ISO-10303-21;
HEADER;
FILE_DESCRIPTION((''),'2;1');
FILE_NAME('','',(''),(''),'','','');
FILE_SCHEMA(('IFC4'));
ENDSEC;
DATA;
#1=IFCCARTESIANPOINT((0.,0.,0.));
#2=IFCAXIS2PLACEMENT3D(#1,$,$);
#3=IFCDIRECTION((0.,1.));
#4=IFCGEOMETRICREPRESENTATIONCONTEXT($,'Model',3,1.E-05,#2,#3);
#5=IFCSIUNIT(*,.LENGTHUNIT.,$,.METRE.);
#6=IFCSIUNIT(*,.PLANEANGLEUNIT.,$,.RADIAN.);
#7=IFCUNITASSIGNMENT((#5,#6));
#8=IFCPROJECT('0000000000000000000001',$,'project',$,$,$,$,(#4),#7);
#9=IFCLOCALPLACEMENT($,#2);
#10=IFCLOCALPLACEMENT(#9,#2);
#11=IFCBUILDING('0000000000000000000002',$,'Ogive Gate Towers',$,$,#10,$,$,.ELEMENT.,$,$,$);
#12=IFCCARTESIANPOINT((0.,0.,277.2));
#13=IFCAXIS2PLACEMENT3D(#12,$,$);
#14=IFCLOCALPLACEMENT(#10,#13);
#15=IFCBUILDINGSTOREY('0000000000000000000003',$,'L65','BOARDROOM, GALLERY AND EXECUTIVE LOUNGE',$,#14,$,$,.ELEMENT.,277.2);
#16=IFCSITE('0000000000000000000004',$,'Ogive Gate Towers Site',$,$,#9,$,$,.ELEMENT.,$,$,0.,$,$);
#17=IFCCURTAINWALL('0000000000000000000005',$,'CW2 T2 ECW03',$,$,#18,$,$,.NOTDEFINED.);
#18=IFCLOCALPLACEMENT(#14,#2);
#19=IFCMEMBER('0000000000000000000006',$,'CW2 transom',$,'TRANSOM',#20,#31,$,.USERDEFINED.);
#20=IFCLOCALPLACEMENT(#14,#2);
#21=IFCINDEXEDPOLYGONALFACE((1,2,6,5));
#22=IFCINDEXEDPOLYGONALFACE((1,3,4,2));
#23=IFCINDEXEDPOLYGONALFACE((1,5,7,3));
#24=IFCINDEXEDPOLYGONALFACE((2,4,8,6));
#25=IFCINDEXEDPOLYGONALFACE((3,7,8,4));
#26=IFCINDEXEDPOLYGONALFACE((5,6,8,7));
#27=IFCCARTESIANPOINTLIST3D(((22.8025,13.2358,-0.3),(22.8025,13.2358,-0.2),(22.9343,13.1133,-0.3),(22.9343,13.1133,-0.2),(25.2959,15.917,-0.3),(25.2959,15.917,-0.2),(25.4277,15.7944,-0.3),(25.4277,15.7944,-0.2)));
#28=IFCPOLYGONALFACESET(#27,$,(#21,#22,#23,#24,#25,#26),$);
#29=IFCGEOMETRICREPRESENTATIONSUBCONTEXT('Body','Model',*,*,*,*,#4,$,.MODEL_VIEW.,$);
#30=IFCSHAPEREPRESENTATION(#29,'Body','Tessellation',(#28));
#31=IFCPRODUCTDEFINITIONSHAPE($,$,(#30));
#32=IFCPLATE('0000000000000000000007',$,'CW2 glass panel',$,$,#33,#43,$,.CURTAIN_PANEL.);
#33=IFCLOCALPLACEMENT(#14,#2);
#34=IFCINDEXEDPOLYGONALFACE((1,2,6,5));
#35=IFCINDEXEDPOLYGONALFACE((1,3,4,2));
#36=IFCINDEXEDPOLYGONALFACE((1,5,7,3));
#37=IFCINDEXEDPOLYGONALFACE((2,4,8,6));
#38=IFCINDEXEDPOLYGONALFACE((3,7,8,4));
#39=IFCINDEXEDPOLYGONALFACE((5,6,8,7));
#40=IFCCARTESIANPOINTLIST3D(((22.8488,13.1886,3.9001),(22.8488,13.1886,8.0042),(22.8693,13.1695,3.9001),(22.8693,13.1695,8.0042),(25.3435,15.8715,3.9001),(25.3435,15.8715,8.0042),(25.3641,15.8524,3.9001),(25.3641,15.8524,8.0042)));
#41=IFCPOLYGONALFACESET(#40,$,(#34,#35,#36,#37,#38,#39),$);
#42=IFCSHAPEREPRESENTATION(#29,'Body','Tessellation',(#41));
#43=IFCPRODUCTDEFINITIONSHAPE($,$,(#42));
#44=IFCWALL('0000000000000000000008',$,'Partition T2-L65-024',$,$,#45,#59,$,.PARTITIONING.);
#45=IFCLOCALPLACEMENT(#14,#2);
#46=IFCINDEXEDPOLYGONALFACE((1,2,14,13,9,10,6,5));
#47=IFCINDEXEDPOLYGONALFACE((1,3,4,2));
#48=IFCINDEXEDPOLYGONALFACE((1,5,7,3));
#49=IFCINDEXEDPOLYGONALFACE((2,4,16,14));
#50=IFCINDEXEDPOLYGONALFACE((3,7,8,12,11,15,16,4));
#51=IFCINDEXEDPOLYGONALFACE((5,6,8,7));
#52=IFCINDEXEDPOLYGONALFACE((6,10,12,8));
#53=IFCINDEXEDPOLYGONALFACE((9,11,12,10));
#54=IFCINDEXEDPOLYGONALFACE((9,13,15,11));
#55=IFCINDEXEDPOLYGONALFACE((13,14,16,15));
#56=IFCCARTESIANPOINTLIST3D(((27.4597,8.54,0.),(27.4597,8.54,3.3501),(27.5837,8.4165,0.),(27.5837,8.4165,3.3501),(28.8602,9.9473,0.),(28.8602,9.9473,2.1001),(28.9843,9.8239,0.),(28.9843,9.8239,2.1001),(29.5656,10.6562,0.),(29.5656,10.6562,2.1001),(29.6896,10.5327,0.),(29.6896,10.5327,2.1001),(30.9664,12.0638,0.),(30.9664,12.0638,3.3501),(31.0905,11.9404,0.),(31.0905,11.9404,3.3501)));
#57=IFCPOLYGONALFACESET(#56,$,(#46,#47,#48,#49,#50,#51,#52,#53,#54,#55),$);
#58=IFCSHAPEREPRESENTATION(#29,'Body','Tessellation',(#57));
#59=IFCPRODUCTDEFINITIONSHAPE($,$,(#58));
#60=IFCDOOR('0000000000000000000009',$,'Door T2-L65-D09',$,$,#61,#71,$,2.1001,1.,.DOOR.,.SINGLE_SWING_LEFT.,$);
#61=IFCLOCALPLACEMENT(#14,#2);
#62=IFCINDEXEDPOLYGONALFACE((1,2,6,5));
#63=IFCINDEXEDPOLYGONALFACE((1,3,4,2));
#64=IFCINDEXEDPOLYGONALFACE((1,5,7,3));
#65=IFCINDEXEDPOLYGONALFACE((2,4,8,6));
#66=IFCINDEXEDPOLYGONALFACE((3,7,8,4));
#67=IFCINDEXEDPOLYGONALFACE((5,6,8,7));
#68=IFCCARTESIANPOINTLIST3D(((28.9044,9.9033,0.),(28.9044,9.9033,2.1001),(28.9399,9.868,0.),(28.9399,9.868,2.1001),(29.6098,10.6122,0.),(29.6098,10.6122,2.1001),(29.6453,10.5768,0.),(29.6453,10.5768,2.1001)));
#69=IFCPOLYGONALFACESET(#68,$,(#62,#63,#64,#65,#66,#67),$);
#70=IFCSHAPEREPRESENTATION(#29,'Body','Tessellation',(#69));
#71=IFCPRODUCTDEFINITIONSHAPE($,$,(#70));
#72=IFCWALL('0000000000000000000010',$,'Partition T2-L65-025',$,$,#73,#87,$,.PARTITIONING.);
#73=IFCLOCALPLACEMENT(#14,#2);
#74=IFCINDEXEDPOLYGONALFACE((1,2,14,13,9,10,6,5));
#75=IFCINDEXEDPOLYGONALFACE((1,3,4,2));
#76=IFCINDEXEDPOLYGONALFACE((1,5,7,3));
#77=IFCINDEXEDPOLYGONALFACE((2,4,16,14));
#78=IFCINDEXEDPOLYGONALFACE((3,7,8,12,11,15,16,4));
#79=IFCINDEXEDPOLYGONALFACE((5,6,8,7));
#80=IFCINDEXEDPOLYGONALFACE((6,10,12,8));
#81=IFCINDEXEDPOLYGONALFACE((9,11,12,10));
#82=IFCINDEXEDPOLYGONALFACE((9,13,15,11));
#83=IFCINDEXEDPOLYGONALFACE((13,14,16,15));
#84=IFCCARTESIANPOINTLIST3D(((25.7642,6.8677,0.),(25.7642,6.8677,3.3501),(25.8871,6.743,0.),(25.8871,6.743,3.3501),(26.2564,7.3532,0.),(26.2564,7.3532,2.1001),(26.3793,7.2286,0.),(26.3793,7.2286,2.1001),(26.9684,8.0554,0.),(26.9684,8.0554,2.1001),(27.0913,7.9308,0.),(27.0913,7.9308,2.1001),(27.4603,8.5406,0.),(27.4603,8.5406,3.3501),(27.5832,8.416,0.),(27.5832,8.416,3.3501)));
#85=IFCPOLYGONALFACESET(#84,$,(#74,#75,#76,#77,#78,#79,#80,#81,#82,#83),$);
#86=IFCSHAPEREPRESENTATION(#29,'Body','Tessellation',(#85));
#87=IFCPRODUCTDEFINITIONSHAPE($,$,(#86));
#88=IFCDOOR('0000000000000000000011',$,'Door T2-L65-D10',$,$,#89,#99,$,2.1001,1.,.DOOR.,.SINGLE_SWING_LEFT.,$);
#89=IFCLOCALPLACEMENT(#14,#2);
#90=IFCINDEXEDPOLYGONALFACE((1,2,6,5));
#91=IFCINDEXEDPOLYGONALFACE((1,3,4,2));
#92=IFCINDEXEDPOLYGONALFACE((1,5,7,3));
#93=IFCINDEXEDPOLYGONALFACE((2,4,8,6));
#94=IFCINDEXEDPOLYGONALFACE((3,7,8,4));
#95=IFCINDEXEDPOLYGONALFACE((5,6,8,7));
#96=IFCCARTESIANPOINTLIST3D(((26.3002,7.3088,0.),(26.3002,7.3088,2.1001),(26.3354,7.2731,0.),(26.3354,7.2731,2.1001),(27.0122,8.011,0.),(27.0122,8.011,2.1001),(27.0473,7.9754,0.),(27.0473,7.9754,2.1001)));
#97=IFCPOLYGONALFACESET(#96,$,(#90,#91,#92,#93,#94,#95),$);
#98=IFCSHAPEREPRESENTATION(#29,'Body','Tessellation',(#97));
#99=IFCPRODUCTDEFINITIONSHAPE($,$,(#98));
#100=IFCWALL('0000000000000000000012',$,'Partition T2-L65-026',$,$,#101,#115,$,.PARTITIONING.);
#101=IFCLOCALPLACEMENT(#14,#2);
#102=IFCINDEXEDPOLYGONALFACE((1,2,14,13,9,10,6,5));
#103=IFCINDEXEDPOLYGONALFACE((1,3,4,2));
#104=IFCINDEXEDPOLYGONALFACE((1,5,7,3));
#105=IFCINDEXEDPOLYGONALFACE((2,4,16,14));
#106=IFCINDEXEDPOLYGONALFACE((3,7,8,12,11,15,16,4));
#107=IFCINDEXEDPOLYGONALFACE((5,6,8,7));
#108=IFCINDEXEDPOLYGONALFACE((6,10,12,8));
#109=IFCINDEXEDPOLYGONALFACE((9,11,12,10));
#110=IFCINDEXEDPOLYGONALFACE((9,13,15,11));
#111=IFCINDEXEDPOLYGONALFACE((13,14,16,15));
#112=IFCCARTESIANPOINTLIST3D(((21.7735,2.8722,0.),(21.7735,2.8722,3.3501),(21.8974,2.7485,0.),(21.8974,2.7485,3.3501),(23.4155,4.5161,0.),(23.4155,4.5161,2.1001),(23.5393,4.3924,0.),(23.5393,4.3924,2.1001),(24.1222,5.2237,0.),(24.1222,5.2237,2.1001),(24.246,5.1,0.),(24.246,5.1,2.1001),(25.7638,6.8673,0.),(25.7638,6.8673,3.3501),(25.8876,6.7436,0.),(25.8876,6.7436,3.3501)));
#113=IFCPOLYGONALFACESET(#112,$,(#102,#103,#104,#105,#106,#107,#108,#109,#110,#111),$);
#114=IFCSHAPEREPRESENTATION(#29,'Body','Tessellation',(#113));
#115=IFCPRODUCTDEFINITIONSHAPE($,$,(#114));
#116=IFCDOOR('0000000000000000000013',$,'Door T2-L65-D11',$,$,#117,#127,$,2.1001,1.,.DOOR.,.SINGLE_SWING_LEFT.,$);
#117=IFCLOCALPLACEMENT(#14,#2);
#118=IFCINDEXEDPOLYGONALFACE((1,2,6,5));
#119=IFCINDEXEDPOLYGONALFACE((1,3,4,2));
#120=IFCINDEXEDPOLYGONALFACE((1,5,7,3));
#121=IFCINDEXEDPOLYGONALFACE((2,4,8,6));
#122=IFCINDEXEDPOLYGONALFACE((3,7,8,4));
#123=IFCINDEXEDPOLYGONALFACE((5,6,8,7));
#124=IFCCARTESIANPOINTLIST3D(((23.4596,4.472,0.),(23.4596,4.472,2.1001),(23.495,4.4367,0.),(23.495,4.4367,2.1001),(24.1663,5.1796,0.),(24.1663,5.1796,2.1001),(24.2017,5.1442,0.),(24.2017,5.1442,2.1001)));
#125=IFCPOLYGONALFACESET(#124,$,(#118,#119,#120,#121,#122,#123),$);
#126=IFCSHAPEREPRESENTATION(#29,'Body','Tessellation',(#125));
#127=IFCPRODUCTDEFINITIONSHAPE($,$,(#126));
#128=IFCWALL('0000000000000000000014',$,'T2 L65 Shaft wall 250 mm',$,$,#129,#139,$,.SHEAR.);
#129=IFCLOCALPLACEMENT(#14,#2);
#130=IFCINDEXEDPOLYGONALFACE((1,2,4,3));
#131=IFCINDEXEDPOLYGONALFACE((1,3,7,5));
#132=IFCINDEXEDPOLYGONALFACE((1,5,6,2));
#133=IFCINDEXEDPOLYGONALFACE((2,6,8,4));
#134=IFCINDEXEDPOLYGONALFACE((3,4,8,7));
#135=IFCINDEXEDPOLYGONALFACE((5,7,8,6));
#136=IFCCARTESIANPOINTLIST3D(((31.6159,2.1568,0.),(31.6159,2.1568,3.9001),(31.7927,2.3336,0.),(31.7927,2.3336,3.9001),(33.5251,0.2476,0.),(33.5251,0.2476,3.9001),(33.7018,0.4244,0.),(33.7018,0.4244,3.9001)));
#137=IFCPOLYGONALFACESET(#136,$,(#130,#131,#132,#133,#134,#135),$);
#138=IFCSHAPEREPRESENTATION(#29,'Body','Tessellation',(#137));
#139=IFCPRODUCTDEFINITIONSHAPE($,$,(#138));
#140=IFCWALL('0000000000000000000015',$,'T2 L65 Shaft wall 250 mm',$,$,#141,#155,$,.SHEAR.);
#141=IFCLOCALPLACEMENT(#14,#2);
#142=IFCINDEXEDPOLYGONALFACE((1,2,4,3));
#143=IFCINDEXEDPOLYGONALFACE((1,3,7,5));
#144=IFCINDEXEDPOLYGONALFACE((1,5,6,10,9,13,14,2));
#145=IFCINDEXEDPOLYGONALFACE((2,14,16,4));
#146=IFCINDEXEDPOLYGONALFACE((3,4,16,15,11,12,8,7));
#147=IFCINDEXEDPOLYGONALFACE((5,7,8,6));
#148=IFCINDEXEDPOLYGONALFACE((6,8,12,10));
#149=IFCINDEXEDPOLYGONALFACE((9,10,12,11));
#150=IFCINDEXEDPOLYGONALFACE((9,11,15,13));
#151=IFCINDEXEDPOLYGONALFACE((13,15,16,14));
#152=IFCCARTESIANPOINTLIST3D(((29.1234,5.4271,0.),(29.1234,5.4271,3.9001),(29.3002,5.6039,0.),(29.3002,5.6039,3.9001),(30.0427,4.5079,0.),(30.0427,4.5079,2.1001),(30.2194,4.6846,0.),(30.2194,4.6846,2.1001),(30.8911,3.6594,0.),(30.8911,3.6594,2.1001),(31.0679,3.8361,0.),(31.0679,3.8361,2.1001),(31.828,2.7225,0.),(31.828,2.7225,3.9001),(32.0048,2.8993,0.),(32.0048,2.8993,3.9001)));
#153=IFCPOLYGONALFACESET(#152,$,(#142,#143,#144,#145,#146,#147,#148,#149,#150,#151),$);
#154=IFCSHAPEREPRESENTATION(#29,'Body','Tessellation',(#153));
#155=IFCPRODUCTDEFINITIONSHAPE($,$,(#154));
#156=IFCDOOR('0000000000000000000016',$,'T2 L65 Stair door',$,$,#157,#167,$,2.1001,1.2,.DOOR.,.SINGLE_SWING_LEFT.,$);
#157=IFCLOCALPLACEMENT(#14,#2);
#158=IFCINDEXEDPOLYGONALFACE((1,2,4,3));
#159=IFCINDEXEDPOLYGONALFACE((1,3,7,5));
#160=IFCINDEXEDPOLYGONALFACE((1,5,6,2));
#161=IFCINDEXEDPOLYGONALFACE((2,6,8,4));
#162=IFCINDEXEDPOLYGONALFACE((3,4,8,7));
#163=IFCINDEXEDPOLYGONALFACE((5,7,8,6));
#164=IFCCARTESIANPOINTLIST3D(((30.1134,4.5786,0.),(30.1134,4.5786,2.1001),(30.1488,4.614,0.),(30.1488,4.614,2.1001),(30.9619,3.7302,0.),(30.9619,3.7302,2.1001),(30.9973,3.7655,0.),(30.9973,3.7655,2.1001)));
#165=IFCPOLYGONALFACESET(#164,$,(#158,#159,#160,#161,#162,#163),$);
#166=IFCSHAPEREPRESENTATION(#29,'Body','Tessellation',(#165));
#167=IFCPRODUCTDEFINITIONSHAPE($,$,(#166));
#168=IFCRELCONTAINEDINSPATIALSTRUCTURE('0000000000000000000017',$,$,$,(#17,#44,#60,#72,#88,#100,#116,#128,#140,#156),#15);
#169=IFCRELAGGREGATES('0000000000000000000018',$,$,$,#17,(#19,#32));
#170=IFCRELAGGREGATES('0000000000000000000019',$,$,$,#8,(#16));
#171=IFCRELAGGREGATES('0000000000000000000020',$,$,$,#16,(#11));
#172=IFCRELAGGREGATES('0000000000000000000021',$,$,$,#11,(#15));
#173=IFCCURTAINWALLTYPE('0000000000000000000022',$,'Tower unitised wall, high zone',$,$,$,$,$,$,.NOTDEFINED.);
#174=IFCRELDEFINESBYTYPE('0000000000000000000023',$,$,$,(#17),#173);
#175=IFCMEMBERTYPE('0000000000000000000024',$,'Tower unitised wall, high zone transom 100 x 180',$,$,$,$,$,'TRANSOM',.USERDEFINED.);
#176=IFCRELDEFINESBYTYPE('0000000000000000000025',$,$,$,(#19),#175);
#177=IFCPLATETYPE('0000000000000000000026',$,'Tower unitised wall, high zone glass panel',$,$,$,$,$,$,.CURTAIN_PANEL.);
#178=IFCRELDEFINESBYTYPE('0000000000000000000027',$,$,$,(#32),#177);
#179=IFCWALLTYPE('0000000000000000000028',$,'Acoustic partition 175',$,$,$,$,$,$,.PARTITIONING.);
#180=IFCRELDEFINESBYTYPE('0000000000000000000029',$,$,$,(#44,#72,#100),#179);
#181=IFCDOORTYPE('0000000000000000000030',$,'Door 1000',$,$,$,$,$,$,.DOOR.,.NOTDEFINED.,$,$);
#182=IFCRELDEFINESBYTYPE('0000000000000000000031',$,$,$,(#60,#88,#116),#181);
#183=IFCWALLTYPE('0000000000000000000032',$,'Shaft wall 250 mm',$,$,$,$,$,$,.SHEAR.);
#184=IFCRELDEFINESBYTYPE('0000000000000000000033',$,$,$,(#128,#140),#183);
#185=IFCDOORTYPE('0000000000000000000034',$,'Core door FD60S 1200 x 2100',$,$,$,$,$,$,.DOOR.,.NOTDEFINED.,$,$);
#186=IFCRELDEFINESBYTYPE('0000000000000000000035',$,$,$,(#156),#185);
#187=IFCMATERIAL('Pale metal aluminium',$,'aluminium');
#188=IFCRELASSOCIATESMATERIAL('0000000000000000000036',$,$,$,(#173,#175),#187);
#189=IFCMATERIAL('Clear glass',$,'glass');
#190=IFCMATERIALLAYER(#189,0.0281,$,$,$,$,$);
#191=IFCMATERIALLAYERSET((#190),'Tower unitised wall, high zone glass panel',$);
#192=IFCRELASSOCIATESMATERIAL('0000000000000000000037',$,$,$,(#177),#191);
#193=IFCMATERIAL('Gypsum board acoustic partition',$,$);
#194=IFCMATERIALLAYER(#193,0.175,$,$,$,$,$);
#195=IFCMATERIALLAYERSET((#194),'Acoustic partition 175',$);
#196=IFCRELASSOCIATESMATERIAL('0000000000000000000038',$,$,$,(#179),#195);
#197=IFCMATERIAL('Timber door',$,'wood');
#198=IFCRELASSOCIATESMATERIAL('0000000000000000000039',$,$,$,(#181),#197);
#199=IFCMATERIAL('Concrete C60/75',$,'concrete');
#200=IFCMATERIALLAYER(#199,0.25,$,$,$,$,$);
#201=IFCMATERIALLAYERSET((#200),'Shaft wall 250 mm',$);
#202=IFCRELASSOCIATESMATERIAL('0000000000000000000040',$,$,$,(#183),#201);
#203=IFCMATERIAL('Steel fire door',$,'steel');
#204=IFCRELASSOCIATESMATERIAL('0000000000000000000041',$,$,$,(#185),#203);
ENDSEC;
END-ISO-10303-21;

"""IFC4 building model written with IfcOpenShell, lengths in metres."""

from ifc_helpers import new_model, si_unit, direction, frame, frame_2d, origin, origin_2d, place, context, subcontext, project, spatial, rectangle, extrude, material, layer, layer_set, material_profile, profile_set, type_object, element, fill, aggregate, save


model = new_model("IFC4")

# Units and contexts
model_context = context("Model", 3, precision=1e-05, world=origin(), true_north=direction((0.0, 1.0)))
body_context = subcontext(model_context, "Body", "Model", "MODEL_VIEW")
ifc_project = project(units=[si_unit("LENGTHUNIT", "METRE"), si_unit("PLANEANGLEUNIT", "RADIAN")], contexts=[model_context])

# Site, building, storey
site_placement = place(None, origin())
site = spatial("IfcSite", under=ifc_project, at=site_placement, Name="Ogive Gate Towers Site", CompositionType="ELEMENT", RefElevation=0.0)
building_placement = place(site_placement, origin())
building = spatial("IfcBuilding", under=site, at=building_placement, Name="Ogive Gate Towers", CompositionType="ELEMENT")
storey_placement = place(building_placement, frame((0.0, 0.0, 277.2)))
storey = spatial("IfcBuildingStorey", under=building, at=storey_placement, Name="L65", Description="BOARDROOM, GALLERY AND EXECUTIVE LOUNGE", CompositionType="ELEMENT", Elevation=277.2)

# Curtain wall, member, plate
ifc_material_1 = material(Name="Pale metal aluminium", Category="aluminium")
curtain_wall_type = type_object("IfcCurtainWallType", Name="Tower unitised wall, high zone", PredefinedType="NOTDEFINED", material=ifc_material_1)
curtain_wall_placement = place(storey_placement, origin())
curtain_wall = element("IfcCurtainWall", 1, at=curtain_wall_placement, inside=storey, type_object=curtain_wall_type, Name="CW2 T2 ECW03", PredefinedType="NOTDEFINED")
ifc_material_profile_1 = material_profile(ifc_material_1, rectangle(XDim=0.1799, YDim=0.1001, at=origin_2d()), Name="100 x 180 aluminium box")
ifc_profile_set_1 = profile_set([ifc_material_profile_1], Name="Pale metal aluminium")
member_type_1 = type_object("IfcMemberType", Name="Tower unitised wall, high zone transom 100 x 180", ElementType="TRANSOM", PredefinedType="USERDEFINED", material=ifc_profile_set_1)
member_1_placement = place(storey_placement, frame((25.3618, 15.8557, -0.25), z_axis=(-0.681003, -0.73228, 0.0), x_axis=(0.73228, -0.681003, 0.0)))
member_1 = element("IfcMember", 2, at=member_1_placement, type_object=member_type_1, Name="CW2 transom", ObjectType="TRANSOM", PredefinedType="USERDEFINED", context=body_context, shape_type="SweptSolid", body=[
    extrude(rectangle(XDim=0.1799, YDim=0.1001, at=origin_2d()), origin(), (0.0, 0.0, 1.0), 3.6614),
])
ifc_material_2 = material(Name="Clear glass", Category="glass")
ifc_layer_1 = layer(ifc_material_2, 0.0281)
ifc_layer_set_1 = layer_set([ifc_layer_1], Name="Tower unitised wall, high zone glass panel")
plate_type = type_object("IfcPlateType", Name="Tower unitised wall, high zone glass panel", PredefinedType="CURTAIN_PANEL", material=ifc_layer_set_1)
plate_placement = place(storey_placement, frame((24.1064, 14.5205, 3.9001), z_axis=(0.0, 0.0, 1.0), x_axis=(-0.680964, -0.732317, 0.0)))
plate = element("IfcPlate", 3, at=plate_placement, type_object=plate_type, Name="CW2 glass panel", PredefinedType="CURTAIN_PANEL", context=body_context, shape_type="SweptSolid", body=[
    extrude(rectangle(XDim=3.6636, YDim=0.0281, at=origin_2d()), origin(), (0.0, 0.0, 1.0), 4.104),
])
aggregate(curtain_wall, [member_1, plate])

# Walls, openings, doors
ifc_material_3 = material(Name="Gypsum board acoustic partition")
ifc_layer_2 = layer(ifc_material_3, 0.175)
ifc_layer_set_2 = layer_set([ifc_layer_2], Name="Acoustic partition 175")
wall_type_1 = type_object("IfcWallType", Name="Acoustic partition 175", PredefinedType="PARTITIONING", material=ifc_layer_set_2)
wall_1_placement = place(storey_placement, frame((31.0286, 12.0022, 0.0), z_axis=(0.0, 0.0, 1.0), x_axis=(-0.705386, -0.708823, 0.0)))
wall_1 = element("IfcWall", 4, at=wall_1_placement, inside=storey, type_object=wall_type_1, Name="Partition T2-L65-024", PredefinedType="PARTITIONING", context=body_context, shape_type="SweptSolid", body=[
    extrude(rectangle(XDim=4.9714, YDim=0.175, at=frame_2d((2.4858, 0.0))), origin(), (0.0, 0.0, 1.0), 3.3501),
])
opening_1_placement = place(wall_1_placement, frame((1.9861, 0.0, 0.0)))
opening_1 = element("IfcOpeningElement", 5, at=opening_1_placement, cuts=wall_1, PredefinedType="OPENING", context=body_context, shape_type="SweptSolid", body=[
    extrude(rectangle(XDim=1.0, YDim=2.1001, at=frame_2d((0.5, 1.05))), frame((0.0, 0.0977, 0.0), z_axis=(0.0, -1.0, 0.0), x_axis=(1.0, 0.0, 0.0)), (0.0, 0.0, 1.0), 0.1951),
])
ifc_material_4 = material(Name="Timber door", Category="wood")
door_type_1 = type_object("IfcDoorType", Name="Door 1000", OperationType="NOTDEFINED", PredefinedType="DOOR", material=ifc_material_4)
door_1_placement = place(opening_1_placement, origin())
door_1 = element("IfcDoor", 6, at=door_1_placement, inside=storey, type_object=door_type_1, Name="Door T2-L65-D09", OperationType="SINGLE_SWING_LEFT", OverallHeight=2.1001, OverallWidth=1.0, PredefinedType="DOOR", context=body_context, shape_type="SweptSolid", body=[
    extrude(rectangle(XDim=1.0, YDim=2.1001, at=frame_2d((0.5, 1.05))), frame((0.0, 0.0249, 0.0), z_axis=(0.0, -1.0, 0.0), x_axis=(1.0, 0.0, 0.0)), (0.0, 0.0, 1.0), 0.05),
])
fill(opening_1, door_1)
wall_2_placement = place(storey_placement, frame((27.5217, 8.4783, 0.0), z_axis=(0.0, 0.0, 1.0), x_axis=(-0.711958, -0.702222, 0.0)))
wall_2 = element("IfcWall", 7, at=wall_2_placement, inside=storey, type_object=wall_type_1, Name="Partition T2-L65-025", PredefinedType="PARTITIONING", context=body_context, shape_type="SweptSolid", body=[
    extrude(rectangle(XDim=2.3823, YDim=0.175, at=frame_2d((1.1912, 0.0))), origin(), (0.0, 0.0, 1.0), 3.3501),
])
opening_2_placement = place(wall_2_placement, frame((0.6909, 0.0, 0.0)))
opening_2 = element("IfcOpeningElement", 8, at=opening_2_placement, cuts=wall_2, PredefinedType="OPENING", context=body_context, shape_type="SweptSolid", body=[
    extrude(rectangle(XDim=1.0, YDim=2.1001, at=frame_2d((0.5, 1.05))), frame((0.0, 0.0977, 0.0), z_axis=(0.0, -1.0, 0.0), x_axis=(1.0, 0.0, 0.0)), (0.0, 0.0, 1.0), 0.1951),
])
door_2_placement = place(opening_2_placement, origin())
door_2 = element("IfcDoor", 9, at=door_2_placement, inside=storey, type_object=door_type_1, Name="Door T2-L65-D10", OperationType="SINGLE_SWING_LEFT", OverallHeight=2.1001, OverallWidth=1.0, PredefinedType="DOOR", context=body_context, shape_type="SweptSolid", body=[
    extrude(rectangle(XDim=1.0, YDim=2.1001, at=frame_2d((0.5, 1.05))), frame((0.0, 0.0249, 0.0), z_axis=(0.0, -1.0, 0.0), x_axis=(1.0, 0.0, 0.0)), (0.0, 0.0, 1.0), 0.05),
])
fill(opening_2, door_2)
wall_3_placement = place(storey_placement, frame((25.8257, 6.8054, 0.0), z_axis=(0.0, 0.0, 1.0), x_axis=(-0.706674, -0.707539, 0.0)))
wall_3 = element("IfcWall", 10, at=wall_3_placement, inside=storey, type_object=wall_type_1, Name="Partition T2-L65-026", PredefinedType="PARTITIONING", context=body_context, shape_type="SweptSolid", body=[
    extrude(rectangle(XDim=5.6465, YDim=0.175, at=frame_2d((2.8232, 0.0))), origin(), (0.0, 0.0, 1.0), 3.3501),
])
opening_3_placement = place(wall_3_placement, frame((2.323, 0.0, 0.0)))
opening_3 = element("IfcOpeningElement", 11, at=opening_3_placement, cuts=wall_3, PredefinedType="OPENING", context=body_context, shape_type="SweptSolid", body=[
    extrude(rectangle(XDim=1.0, YDim=2.1001, at=frame_2d((0.5, 1.05))), frame((0.0, 0.0977, 0.0), z_axis=(0.0, -1.0, 0.0), x_axis=(1.0, 0.0, 0.0)), (0.0, 0.0, 1.0), 0.1951),
])
door_3_placement = place(opening_3_placement, origin())
door_3 = element("IfcDoor", 12, at=door_3_placement, inside=storey, type_object=door_type_1, Name="Door T2-L65-D11", OperationType="SINGLE_SWING_LEFT", OverallHeight=2.1001, OverallWidth=1.0, PredefinedType="DOOR", context=body_context, shape_type="SweptSolid", body=[
    extrude(rectangle(XDim=1.0, YDim=2.1001, at=frame_2d((0.5, 1.05))), frame((0.0, 0.0249, 0.0), z_axis=(0.0, -1.0, 0.0), x_axis=(1.0, 0.0, 0.0)), (0.0, 0.0, 1.0), 0.05),
])
fill(opening_3, door_3)

# Wall
ifc_material_5 = material(Name="Concrete C60/75", Category="concrete")
ifc_layer_3 = layer(ifc_material_5, 0.25)
ifc_layer_set_3 = layer_set([ifc_layer_3], Name="Shaft wall 250 mm")
wall_type_2 = type_object("IfcWallType", Name="Shaft wall 250 mm", PredefinedType="SHEAR", material=ifc_layer_set_3)
wall_4_placement = place(storey_placement, frame((33.6135, 0.3359, 0.0), z_axis=(0.0, 0.0, 1.0), x_axis=(-0.707107, 0.707107, 0.0)))
element("IfcWall", 13, at=wall_4_placement, inside=storey, type_object=wall_type_2, Name="T2 L65 Shaft wall 250 mm", PredefinedType="SHEAR", context=body_context, shape_type="SweptSolid", body=[
    extrude(rectangle(XDim=2.7, YDim=0.25, at=frame_2d((1.3501, 0.0))), origin(), (0.0, 0.0, 1.0), 3.9001),
])

# Wall, opening, door
wall_5_placement = place(storey_placement, frame((31.9165, 2.8108, 0.0), z_axis=(0.0, 0.0, 1.0), x_axis=(-0.707107, 0.707107, 0.0)))
wall_5 = element("IfcWall", 14, at=wall_5_placement, inside=storey, type_object=wall_type_2, Name="T2 L65 Shaft wall 250 mm", PredefinedType="SHEAR", context=body_context, shape_type="SweptSolid", body=[
    extrude(rectangle(XDim=3.825, YDim=0.25, at=frame_2d((1.9126, 0.0))), origin(), (0.0, 0.0, 1.0), 3.9001),
])
opening_4_placement = place(wall_5_placement, frame((1.325, 0.0, 0.0)))
opening_4 = element("IfcOpeningElement", 15, at=opening_4_placement, cuts=wall_5, PredefinedType="OPENING", context=body_context, shape_type="SweptSolid", body=[
    extrude(rectangle(XDim=1.2, YDim=2.1001, at=frame_2d((0.6001, 1.05))), frame((0.0, 0.135, 0.0), z_axis=(0.0, -1.0, 0.0), x_axis=(1.0, 0.0, 0.0)), (0.0, 0.0, 1.0), 0.27),
])
ifc_material_6 = material(Name="Steel fire door", Category="steel")
door_type_2 = type_object("IfcDoorType", Name="Core door FD60S 1200 x 2100", OperationType="NOTDEFINED", PredefinedType="DOOR", material=ifc_material_6)
door_4_placement = place(opening_4_placement, origin())
door_4 = element("IfcDoor", 16, at=door_4_placement, inside=storey, type_object=door_type_2, Name="T2 L65 Stair door", OperationType="SINGLE_SWING_LEFT", OverallHeight=2.1001, OverallWidth=1.2, PredefinedType="DOOR", context=body_context, shape_type="SweptSolid", body=[
    extrude(rectangle(XDim=1.2, YDim=2.1001, at=frame_2d((0.6001, 1.05))), frame((0.0, 0.0249, 0.0), z_axis=(0.0, -1.0, 0.0), x_axis=(1.0, 0.0, 0.0)), (0.0, 0.0, 1.0), 0.05),
])
fill(opening_4, door_4)

save(model, "model.ifc")
